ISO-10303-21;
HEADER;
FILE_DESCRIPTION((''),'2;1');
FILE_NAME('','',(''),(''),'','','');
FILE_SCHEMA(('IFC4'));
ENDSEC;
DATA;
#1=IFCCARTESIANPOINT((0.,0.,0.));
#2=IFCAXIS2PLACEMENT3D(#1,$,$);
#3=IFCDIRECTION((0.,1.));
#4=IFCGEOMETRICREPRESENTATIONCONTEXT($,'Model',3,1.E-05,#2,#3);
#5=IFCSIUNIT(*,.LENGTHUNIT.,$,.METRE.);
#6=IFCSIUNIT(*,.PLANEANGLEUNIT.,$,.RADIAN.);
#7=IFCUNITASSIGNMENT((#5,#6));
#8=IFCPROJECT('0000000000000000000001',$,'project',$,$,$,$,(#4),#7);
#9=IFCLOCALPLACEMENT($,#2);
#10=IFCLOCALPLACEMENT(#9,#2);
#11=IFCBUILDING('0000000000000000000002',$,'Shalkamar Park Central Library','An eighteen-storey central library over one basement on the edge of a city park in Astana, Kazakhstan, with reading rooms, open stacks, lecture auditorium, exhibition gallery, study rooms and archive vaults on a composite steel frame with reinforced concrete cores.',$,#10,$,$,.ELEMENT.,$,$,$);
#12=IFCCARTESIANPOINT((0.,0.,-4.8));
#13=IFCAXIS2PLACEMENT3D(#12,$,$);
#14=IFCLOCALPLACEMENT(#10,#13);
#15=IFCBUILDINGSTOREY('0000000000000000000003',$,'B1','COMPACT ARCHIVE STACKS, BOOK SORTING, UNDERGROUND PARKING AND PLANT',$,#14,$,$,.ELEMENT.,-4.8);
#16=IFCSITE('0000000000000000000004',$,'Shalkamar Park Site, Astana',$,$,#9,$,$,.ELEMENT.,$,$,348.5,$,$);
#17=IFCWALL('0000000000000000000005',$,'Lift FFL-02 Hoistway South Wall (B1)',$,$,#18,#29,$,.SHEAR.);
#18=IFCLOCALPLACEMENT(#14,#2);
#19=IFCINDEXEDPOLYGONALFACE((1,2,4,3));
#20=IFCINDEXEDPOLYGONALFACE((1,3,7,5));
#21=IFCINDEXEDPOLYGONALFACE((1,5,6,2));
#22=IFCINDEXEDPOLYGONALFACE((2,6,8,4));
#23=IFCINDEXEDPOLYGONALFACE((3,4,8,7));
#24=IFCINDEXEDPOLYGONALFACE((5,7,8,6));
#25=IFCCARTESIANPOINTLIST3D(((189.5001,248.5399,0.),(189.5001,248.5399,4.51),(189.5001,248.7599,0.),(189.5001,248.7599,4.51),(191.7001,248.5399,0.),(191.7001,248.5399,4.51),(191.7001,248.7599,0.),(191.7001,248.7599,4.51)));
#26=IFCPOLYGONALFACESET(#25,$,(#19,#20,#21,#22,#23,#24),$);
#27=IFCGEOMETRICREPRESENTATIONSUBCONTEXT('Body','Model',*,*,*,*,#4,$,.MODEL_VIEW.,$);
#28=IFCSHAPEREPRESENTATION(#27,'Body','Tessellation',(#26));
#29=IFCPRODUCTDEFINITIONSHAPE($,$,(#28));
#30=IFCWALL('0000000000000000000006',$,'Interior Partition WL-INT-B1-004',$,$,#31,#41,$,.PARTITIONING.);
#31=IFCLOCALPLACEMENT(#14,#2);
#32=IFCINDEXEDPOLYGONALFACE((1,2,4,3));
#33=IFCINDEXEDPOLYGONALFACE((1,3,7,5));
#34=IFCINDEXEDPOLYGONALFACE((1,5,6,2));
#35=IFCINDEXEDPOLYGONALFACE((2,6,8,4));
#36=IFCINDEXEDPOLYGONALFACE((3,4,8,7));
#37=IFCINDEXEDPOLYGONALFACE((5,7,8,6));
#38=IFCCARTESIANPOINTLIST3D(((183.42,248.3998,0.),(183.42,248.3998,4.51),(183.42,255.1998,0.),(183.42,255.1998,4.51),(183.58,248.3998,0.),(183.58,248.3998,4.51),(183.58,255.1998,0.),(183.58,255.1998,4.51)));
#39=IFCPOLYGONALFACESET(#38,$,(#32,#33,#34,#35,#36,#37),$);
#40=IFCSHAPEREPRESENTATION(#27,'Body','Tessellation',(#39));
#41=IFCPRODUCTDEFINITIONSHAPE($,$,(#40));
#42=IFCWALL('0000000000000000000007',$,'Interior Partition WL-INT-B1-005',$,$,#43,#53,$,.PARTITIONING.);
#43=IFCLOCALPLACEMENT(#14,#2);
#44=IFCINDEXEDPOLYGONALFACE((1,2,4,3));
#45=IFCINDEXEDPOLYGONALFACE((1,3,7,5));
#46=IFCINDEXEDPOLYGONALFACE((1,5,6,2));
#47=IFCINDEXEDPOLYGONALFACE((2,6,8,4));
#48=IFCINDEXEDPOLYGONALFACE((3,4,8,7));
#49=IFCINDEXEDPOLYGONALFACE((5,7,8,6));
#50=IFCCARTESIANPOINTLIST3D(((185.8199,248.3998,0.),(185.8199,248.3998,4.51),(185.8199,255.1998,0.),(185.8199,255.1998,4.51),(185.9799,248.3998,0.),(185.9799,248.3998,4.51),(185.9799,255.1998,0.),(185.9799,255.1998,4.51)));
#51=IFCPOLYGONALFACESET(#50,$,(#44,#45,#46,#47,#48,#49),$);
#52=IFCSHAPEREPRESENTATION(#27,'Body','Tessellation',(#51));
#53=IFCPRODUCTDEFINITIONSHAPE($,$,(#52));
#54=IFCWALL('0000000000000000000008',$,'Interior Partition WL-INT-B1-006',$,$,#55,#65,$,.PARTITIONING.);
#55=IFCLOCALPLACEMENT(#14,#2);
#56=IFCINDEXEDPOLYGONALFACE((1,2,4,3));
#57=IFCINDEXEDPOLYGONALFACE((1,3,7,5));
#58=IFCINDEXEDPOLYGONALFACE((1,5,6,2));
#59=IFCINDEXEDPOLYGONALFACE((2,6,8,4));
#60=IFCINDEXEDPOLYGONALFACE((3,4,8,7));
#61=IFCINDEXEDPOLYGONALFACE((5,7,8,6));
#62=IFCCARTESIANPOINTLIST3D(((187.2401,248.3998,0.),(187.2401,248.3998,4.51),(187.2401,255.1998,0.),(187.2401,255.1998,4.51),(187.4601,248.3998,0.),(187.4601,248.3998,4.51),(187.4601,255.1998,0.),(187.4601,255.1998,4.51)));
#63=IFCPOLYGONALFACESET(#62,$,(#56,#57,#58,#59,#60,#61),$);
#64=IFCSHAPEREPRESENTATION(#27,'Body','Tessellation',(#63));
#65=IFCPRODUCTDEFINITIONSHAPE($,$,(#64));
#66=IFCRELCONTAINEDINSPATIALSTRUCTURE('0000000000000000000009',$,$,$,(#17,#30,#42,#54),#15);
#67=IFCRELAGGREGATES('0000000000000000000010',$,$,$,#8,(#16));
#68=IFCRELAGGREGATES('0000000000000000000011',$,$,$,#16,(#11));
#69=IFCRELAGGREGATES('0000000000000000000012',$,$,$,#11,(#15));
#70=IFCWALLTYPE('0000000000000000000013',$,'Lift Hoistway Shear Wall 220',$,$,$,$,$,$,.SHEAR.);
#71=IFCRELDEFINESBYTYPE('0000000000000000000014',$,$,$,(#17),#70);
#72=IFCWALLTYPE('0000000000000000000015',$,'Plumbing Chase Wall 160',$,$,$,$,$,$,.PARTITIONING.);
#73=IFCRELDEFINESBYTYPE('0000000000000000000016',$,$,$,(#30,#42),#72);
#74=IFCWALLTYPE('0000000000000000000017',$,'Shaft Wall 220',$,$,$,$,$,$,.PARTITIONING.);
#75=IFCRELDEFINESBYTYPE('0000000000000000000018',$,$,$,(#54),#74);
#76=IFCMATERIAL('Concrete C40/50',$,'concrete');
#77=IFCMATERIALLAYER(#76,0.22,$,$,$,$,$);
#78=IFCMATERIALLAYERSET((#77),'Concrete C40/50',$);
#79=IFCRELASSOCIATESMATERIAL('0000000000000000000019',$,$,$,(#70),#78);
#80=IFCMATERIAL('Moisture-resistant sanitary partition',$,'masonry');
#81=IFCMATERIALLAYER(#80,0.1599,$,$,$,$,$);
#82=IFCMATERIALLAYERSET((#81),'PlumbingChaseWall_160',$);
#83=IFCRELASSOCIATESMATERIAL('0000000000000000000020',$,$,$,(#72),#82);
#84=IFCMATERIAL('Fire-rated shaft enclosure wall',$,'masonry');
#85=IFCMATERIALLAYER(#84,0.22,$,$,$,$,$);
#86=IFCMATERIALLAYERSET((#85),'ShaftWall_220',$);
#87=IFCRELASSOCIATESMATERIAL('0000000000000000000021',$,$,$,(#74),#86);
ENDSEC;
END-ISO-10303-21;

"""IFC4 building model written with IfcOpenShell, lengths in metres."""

from ifc_helpers import new_model, si_unit, direction, frame, frame_2d, origin, place, context, subcontext, project, spatial, rectangle, extrude, material, layer, layer_set, type_object, element, save


model = new_model("IFC4")

# Units and contexts
model_context = context("Model", 3, precision=1e-05, world=origin(), true_north=direction((0.0, 1.0)))
body_context = subcontext(model_context, "Body", "Model", "MODEL_VIEW")
ifc_project = project(units=[si_unit("LENGTHUNIT", "METRE"), si_unit("PLANEANGLEUNIT", "RADIAN")], contexts=[model_context])

# Site, building, storey
site_placement = place(None, origin())
site = spatial("IfcSite", under=ifc_project, at=site_placement, Name="Shalkamar Park Site, Astana", CompositionType="ELEMENT", RefElevation=348.5)
building_placement = place(site_placement, origin())
building = spatial("IfcBuilding", under=site, at=building_placement, Name="Shalkamar Park Central Library", Description="An eighteen-storey central library over one basement on the edge of a city park in Astana, Kazakhstan, with reading rooms, open stacks, lecture auditorium, exhibition gallery, study rooms and archive vaults on a composite steel frame with reinforced concrete cores.", CompositionType="ELEMENT")
storey_placement = place(building_placement, frame((0.0, 0.0, -4.8)))
storey = spatial("IfcBuildingStorey", under=building, at=storey_placement, Name="B1", Description="COMPACT ARCHIVE STACKS, BOOK SORTING, UNDERGROUND PARKING AND PLANT", CompositionType="ELEMENT", Elevation=-4.8)

# Shared definitions
ifc_material_1 = material(Name="Concrete C40/50", Category="concrete")

# Walls
ifc_layer_1 = layer(ifc_material_1, 0.22)
ifc_layer_set_1 = layer_set([ifc_layer_1], Name="Concrete C40/50")
wall_type_1 = type_object("IfcWallType", Name="Lift Hoistway Shear Wall 220", PredefinedType="SHEAR", material=ifc_layer_set_1)
wall_1_placement = place(storey_placement, frame((189.5, 248.6499, 0.0), z_axis=(0.0, 0.0, 1.0), x_axis=(1.0, 0.0, 0.0)))
element("IfcWall", 1, at=wall_1_placement, inside=storey, type_object=wall_type_1, Name="Lift FFL-02 Hoistway South Wall (B1)", PredefinedType="SHEAR", context=body_context, shape_type="SweptSolid", body=[
    extrude(rectangle(XDim=2.2, YDim=0.22, at=frame_2d((1.1001, 0.0))), origin(), (0.0, 0.0, 1.0), 4.51),
])
ifc_material_2 = material(Name="Moisture-resistant sanitary partition", Category="masonry")
ifc_layer_2 = layer(ifc_material_2, 0.1599)
ifc_layer_set_2 = layer_set([ifc_layer_2], Name="PlumbingChaseWall_160")
wall_type_2 = type_object("IfcWallType", Name="Plumbing Chase Wall 160", PredefinedType="PARTITIONING", material=ifc_layer_set_2)
for number, where, z_axis, x_axis, name in (
    (2, (183.5, 248.3999, 0.0), (0.0, 0.0, 1.0), (0.0, 1.0, 0.0), "Interior Partition WL-INT-B1-004"),
    (3, (185.8999, 248.3999, 0.0), (0.0, 0.0, 1.0), (0.0, 1.0, 0.0), "Interior Partition WL-INT-B1-005"),
):
    element("IfcWall", number, at=place(storey_placement, frame(where, z_axis=z_axis, x_axis=x_axis)), inside=storey, type_object=wall_type_2, Name=name, PredefinedType="PARTITIONING", context=body_context, shape_type="SweptSolid", body=[
        extrude(rectangle(XDim=6.8, YDim=0.1599, at=frame_2d((3.3999, 0.0))), origin(), (0.0, 0.0, 1.0), 4.51),
    ])
ifc_material_3 = material(Name="Fire-rated shaft enclosure wall", Category="masonry")
ifc_layer_3 = layer(ifc_material_3, 0.22)
ifc_layer_set_3 = layer_set([ifc_layer_3], Name="ShaftWall_220")
wall_type_3 = type_object("IfcWallType", Name="Shaft Wall 220", PredefinedType="PARTITIONING", material=ifc_layer_set_3)
wall_2_placement = place(storey_placement, frame((187.3501, 248.3999, 0.0), z_axis=(0.0, 0.0, 1.0), x_axis=(0.0, 1.0, 0.0)))
element("IfcWall", 4, at=wall_2_placement, inside=storey, type_object=wall_type_3, Name="Interior Partition WL-INT-B1-006", PredefinedType="PARTITIONING", context=body_context, shape_type="SweptSolid", body=[
    extrude(rectangle(XDim=6.8, YDim=0.22, at=frame_2d((3.3999, 0.0))), origin(), (0.0, 0.0, 1.0), 4.51),
])

save(model, "model.ifc")
